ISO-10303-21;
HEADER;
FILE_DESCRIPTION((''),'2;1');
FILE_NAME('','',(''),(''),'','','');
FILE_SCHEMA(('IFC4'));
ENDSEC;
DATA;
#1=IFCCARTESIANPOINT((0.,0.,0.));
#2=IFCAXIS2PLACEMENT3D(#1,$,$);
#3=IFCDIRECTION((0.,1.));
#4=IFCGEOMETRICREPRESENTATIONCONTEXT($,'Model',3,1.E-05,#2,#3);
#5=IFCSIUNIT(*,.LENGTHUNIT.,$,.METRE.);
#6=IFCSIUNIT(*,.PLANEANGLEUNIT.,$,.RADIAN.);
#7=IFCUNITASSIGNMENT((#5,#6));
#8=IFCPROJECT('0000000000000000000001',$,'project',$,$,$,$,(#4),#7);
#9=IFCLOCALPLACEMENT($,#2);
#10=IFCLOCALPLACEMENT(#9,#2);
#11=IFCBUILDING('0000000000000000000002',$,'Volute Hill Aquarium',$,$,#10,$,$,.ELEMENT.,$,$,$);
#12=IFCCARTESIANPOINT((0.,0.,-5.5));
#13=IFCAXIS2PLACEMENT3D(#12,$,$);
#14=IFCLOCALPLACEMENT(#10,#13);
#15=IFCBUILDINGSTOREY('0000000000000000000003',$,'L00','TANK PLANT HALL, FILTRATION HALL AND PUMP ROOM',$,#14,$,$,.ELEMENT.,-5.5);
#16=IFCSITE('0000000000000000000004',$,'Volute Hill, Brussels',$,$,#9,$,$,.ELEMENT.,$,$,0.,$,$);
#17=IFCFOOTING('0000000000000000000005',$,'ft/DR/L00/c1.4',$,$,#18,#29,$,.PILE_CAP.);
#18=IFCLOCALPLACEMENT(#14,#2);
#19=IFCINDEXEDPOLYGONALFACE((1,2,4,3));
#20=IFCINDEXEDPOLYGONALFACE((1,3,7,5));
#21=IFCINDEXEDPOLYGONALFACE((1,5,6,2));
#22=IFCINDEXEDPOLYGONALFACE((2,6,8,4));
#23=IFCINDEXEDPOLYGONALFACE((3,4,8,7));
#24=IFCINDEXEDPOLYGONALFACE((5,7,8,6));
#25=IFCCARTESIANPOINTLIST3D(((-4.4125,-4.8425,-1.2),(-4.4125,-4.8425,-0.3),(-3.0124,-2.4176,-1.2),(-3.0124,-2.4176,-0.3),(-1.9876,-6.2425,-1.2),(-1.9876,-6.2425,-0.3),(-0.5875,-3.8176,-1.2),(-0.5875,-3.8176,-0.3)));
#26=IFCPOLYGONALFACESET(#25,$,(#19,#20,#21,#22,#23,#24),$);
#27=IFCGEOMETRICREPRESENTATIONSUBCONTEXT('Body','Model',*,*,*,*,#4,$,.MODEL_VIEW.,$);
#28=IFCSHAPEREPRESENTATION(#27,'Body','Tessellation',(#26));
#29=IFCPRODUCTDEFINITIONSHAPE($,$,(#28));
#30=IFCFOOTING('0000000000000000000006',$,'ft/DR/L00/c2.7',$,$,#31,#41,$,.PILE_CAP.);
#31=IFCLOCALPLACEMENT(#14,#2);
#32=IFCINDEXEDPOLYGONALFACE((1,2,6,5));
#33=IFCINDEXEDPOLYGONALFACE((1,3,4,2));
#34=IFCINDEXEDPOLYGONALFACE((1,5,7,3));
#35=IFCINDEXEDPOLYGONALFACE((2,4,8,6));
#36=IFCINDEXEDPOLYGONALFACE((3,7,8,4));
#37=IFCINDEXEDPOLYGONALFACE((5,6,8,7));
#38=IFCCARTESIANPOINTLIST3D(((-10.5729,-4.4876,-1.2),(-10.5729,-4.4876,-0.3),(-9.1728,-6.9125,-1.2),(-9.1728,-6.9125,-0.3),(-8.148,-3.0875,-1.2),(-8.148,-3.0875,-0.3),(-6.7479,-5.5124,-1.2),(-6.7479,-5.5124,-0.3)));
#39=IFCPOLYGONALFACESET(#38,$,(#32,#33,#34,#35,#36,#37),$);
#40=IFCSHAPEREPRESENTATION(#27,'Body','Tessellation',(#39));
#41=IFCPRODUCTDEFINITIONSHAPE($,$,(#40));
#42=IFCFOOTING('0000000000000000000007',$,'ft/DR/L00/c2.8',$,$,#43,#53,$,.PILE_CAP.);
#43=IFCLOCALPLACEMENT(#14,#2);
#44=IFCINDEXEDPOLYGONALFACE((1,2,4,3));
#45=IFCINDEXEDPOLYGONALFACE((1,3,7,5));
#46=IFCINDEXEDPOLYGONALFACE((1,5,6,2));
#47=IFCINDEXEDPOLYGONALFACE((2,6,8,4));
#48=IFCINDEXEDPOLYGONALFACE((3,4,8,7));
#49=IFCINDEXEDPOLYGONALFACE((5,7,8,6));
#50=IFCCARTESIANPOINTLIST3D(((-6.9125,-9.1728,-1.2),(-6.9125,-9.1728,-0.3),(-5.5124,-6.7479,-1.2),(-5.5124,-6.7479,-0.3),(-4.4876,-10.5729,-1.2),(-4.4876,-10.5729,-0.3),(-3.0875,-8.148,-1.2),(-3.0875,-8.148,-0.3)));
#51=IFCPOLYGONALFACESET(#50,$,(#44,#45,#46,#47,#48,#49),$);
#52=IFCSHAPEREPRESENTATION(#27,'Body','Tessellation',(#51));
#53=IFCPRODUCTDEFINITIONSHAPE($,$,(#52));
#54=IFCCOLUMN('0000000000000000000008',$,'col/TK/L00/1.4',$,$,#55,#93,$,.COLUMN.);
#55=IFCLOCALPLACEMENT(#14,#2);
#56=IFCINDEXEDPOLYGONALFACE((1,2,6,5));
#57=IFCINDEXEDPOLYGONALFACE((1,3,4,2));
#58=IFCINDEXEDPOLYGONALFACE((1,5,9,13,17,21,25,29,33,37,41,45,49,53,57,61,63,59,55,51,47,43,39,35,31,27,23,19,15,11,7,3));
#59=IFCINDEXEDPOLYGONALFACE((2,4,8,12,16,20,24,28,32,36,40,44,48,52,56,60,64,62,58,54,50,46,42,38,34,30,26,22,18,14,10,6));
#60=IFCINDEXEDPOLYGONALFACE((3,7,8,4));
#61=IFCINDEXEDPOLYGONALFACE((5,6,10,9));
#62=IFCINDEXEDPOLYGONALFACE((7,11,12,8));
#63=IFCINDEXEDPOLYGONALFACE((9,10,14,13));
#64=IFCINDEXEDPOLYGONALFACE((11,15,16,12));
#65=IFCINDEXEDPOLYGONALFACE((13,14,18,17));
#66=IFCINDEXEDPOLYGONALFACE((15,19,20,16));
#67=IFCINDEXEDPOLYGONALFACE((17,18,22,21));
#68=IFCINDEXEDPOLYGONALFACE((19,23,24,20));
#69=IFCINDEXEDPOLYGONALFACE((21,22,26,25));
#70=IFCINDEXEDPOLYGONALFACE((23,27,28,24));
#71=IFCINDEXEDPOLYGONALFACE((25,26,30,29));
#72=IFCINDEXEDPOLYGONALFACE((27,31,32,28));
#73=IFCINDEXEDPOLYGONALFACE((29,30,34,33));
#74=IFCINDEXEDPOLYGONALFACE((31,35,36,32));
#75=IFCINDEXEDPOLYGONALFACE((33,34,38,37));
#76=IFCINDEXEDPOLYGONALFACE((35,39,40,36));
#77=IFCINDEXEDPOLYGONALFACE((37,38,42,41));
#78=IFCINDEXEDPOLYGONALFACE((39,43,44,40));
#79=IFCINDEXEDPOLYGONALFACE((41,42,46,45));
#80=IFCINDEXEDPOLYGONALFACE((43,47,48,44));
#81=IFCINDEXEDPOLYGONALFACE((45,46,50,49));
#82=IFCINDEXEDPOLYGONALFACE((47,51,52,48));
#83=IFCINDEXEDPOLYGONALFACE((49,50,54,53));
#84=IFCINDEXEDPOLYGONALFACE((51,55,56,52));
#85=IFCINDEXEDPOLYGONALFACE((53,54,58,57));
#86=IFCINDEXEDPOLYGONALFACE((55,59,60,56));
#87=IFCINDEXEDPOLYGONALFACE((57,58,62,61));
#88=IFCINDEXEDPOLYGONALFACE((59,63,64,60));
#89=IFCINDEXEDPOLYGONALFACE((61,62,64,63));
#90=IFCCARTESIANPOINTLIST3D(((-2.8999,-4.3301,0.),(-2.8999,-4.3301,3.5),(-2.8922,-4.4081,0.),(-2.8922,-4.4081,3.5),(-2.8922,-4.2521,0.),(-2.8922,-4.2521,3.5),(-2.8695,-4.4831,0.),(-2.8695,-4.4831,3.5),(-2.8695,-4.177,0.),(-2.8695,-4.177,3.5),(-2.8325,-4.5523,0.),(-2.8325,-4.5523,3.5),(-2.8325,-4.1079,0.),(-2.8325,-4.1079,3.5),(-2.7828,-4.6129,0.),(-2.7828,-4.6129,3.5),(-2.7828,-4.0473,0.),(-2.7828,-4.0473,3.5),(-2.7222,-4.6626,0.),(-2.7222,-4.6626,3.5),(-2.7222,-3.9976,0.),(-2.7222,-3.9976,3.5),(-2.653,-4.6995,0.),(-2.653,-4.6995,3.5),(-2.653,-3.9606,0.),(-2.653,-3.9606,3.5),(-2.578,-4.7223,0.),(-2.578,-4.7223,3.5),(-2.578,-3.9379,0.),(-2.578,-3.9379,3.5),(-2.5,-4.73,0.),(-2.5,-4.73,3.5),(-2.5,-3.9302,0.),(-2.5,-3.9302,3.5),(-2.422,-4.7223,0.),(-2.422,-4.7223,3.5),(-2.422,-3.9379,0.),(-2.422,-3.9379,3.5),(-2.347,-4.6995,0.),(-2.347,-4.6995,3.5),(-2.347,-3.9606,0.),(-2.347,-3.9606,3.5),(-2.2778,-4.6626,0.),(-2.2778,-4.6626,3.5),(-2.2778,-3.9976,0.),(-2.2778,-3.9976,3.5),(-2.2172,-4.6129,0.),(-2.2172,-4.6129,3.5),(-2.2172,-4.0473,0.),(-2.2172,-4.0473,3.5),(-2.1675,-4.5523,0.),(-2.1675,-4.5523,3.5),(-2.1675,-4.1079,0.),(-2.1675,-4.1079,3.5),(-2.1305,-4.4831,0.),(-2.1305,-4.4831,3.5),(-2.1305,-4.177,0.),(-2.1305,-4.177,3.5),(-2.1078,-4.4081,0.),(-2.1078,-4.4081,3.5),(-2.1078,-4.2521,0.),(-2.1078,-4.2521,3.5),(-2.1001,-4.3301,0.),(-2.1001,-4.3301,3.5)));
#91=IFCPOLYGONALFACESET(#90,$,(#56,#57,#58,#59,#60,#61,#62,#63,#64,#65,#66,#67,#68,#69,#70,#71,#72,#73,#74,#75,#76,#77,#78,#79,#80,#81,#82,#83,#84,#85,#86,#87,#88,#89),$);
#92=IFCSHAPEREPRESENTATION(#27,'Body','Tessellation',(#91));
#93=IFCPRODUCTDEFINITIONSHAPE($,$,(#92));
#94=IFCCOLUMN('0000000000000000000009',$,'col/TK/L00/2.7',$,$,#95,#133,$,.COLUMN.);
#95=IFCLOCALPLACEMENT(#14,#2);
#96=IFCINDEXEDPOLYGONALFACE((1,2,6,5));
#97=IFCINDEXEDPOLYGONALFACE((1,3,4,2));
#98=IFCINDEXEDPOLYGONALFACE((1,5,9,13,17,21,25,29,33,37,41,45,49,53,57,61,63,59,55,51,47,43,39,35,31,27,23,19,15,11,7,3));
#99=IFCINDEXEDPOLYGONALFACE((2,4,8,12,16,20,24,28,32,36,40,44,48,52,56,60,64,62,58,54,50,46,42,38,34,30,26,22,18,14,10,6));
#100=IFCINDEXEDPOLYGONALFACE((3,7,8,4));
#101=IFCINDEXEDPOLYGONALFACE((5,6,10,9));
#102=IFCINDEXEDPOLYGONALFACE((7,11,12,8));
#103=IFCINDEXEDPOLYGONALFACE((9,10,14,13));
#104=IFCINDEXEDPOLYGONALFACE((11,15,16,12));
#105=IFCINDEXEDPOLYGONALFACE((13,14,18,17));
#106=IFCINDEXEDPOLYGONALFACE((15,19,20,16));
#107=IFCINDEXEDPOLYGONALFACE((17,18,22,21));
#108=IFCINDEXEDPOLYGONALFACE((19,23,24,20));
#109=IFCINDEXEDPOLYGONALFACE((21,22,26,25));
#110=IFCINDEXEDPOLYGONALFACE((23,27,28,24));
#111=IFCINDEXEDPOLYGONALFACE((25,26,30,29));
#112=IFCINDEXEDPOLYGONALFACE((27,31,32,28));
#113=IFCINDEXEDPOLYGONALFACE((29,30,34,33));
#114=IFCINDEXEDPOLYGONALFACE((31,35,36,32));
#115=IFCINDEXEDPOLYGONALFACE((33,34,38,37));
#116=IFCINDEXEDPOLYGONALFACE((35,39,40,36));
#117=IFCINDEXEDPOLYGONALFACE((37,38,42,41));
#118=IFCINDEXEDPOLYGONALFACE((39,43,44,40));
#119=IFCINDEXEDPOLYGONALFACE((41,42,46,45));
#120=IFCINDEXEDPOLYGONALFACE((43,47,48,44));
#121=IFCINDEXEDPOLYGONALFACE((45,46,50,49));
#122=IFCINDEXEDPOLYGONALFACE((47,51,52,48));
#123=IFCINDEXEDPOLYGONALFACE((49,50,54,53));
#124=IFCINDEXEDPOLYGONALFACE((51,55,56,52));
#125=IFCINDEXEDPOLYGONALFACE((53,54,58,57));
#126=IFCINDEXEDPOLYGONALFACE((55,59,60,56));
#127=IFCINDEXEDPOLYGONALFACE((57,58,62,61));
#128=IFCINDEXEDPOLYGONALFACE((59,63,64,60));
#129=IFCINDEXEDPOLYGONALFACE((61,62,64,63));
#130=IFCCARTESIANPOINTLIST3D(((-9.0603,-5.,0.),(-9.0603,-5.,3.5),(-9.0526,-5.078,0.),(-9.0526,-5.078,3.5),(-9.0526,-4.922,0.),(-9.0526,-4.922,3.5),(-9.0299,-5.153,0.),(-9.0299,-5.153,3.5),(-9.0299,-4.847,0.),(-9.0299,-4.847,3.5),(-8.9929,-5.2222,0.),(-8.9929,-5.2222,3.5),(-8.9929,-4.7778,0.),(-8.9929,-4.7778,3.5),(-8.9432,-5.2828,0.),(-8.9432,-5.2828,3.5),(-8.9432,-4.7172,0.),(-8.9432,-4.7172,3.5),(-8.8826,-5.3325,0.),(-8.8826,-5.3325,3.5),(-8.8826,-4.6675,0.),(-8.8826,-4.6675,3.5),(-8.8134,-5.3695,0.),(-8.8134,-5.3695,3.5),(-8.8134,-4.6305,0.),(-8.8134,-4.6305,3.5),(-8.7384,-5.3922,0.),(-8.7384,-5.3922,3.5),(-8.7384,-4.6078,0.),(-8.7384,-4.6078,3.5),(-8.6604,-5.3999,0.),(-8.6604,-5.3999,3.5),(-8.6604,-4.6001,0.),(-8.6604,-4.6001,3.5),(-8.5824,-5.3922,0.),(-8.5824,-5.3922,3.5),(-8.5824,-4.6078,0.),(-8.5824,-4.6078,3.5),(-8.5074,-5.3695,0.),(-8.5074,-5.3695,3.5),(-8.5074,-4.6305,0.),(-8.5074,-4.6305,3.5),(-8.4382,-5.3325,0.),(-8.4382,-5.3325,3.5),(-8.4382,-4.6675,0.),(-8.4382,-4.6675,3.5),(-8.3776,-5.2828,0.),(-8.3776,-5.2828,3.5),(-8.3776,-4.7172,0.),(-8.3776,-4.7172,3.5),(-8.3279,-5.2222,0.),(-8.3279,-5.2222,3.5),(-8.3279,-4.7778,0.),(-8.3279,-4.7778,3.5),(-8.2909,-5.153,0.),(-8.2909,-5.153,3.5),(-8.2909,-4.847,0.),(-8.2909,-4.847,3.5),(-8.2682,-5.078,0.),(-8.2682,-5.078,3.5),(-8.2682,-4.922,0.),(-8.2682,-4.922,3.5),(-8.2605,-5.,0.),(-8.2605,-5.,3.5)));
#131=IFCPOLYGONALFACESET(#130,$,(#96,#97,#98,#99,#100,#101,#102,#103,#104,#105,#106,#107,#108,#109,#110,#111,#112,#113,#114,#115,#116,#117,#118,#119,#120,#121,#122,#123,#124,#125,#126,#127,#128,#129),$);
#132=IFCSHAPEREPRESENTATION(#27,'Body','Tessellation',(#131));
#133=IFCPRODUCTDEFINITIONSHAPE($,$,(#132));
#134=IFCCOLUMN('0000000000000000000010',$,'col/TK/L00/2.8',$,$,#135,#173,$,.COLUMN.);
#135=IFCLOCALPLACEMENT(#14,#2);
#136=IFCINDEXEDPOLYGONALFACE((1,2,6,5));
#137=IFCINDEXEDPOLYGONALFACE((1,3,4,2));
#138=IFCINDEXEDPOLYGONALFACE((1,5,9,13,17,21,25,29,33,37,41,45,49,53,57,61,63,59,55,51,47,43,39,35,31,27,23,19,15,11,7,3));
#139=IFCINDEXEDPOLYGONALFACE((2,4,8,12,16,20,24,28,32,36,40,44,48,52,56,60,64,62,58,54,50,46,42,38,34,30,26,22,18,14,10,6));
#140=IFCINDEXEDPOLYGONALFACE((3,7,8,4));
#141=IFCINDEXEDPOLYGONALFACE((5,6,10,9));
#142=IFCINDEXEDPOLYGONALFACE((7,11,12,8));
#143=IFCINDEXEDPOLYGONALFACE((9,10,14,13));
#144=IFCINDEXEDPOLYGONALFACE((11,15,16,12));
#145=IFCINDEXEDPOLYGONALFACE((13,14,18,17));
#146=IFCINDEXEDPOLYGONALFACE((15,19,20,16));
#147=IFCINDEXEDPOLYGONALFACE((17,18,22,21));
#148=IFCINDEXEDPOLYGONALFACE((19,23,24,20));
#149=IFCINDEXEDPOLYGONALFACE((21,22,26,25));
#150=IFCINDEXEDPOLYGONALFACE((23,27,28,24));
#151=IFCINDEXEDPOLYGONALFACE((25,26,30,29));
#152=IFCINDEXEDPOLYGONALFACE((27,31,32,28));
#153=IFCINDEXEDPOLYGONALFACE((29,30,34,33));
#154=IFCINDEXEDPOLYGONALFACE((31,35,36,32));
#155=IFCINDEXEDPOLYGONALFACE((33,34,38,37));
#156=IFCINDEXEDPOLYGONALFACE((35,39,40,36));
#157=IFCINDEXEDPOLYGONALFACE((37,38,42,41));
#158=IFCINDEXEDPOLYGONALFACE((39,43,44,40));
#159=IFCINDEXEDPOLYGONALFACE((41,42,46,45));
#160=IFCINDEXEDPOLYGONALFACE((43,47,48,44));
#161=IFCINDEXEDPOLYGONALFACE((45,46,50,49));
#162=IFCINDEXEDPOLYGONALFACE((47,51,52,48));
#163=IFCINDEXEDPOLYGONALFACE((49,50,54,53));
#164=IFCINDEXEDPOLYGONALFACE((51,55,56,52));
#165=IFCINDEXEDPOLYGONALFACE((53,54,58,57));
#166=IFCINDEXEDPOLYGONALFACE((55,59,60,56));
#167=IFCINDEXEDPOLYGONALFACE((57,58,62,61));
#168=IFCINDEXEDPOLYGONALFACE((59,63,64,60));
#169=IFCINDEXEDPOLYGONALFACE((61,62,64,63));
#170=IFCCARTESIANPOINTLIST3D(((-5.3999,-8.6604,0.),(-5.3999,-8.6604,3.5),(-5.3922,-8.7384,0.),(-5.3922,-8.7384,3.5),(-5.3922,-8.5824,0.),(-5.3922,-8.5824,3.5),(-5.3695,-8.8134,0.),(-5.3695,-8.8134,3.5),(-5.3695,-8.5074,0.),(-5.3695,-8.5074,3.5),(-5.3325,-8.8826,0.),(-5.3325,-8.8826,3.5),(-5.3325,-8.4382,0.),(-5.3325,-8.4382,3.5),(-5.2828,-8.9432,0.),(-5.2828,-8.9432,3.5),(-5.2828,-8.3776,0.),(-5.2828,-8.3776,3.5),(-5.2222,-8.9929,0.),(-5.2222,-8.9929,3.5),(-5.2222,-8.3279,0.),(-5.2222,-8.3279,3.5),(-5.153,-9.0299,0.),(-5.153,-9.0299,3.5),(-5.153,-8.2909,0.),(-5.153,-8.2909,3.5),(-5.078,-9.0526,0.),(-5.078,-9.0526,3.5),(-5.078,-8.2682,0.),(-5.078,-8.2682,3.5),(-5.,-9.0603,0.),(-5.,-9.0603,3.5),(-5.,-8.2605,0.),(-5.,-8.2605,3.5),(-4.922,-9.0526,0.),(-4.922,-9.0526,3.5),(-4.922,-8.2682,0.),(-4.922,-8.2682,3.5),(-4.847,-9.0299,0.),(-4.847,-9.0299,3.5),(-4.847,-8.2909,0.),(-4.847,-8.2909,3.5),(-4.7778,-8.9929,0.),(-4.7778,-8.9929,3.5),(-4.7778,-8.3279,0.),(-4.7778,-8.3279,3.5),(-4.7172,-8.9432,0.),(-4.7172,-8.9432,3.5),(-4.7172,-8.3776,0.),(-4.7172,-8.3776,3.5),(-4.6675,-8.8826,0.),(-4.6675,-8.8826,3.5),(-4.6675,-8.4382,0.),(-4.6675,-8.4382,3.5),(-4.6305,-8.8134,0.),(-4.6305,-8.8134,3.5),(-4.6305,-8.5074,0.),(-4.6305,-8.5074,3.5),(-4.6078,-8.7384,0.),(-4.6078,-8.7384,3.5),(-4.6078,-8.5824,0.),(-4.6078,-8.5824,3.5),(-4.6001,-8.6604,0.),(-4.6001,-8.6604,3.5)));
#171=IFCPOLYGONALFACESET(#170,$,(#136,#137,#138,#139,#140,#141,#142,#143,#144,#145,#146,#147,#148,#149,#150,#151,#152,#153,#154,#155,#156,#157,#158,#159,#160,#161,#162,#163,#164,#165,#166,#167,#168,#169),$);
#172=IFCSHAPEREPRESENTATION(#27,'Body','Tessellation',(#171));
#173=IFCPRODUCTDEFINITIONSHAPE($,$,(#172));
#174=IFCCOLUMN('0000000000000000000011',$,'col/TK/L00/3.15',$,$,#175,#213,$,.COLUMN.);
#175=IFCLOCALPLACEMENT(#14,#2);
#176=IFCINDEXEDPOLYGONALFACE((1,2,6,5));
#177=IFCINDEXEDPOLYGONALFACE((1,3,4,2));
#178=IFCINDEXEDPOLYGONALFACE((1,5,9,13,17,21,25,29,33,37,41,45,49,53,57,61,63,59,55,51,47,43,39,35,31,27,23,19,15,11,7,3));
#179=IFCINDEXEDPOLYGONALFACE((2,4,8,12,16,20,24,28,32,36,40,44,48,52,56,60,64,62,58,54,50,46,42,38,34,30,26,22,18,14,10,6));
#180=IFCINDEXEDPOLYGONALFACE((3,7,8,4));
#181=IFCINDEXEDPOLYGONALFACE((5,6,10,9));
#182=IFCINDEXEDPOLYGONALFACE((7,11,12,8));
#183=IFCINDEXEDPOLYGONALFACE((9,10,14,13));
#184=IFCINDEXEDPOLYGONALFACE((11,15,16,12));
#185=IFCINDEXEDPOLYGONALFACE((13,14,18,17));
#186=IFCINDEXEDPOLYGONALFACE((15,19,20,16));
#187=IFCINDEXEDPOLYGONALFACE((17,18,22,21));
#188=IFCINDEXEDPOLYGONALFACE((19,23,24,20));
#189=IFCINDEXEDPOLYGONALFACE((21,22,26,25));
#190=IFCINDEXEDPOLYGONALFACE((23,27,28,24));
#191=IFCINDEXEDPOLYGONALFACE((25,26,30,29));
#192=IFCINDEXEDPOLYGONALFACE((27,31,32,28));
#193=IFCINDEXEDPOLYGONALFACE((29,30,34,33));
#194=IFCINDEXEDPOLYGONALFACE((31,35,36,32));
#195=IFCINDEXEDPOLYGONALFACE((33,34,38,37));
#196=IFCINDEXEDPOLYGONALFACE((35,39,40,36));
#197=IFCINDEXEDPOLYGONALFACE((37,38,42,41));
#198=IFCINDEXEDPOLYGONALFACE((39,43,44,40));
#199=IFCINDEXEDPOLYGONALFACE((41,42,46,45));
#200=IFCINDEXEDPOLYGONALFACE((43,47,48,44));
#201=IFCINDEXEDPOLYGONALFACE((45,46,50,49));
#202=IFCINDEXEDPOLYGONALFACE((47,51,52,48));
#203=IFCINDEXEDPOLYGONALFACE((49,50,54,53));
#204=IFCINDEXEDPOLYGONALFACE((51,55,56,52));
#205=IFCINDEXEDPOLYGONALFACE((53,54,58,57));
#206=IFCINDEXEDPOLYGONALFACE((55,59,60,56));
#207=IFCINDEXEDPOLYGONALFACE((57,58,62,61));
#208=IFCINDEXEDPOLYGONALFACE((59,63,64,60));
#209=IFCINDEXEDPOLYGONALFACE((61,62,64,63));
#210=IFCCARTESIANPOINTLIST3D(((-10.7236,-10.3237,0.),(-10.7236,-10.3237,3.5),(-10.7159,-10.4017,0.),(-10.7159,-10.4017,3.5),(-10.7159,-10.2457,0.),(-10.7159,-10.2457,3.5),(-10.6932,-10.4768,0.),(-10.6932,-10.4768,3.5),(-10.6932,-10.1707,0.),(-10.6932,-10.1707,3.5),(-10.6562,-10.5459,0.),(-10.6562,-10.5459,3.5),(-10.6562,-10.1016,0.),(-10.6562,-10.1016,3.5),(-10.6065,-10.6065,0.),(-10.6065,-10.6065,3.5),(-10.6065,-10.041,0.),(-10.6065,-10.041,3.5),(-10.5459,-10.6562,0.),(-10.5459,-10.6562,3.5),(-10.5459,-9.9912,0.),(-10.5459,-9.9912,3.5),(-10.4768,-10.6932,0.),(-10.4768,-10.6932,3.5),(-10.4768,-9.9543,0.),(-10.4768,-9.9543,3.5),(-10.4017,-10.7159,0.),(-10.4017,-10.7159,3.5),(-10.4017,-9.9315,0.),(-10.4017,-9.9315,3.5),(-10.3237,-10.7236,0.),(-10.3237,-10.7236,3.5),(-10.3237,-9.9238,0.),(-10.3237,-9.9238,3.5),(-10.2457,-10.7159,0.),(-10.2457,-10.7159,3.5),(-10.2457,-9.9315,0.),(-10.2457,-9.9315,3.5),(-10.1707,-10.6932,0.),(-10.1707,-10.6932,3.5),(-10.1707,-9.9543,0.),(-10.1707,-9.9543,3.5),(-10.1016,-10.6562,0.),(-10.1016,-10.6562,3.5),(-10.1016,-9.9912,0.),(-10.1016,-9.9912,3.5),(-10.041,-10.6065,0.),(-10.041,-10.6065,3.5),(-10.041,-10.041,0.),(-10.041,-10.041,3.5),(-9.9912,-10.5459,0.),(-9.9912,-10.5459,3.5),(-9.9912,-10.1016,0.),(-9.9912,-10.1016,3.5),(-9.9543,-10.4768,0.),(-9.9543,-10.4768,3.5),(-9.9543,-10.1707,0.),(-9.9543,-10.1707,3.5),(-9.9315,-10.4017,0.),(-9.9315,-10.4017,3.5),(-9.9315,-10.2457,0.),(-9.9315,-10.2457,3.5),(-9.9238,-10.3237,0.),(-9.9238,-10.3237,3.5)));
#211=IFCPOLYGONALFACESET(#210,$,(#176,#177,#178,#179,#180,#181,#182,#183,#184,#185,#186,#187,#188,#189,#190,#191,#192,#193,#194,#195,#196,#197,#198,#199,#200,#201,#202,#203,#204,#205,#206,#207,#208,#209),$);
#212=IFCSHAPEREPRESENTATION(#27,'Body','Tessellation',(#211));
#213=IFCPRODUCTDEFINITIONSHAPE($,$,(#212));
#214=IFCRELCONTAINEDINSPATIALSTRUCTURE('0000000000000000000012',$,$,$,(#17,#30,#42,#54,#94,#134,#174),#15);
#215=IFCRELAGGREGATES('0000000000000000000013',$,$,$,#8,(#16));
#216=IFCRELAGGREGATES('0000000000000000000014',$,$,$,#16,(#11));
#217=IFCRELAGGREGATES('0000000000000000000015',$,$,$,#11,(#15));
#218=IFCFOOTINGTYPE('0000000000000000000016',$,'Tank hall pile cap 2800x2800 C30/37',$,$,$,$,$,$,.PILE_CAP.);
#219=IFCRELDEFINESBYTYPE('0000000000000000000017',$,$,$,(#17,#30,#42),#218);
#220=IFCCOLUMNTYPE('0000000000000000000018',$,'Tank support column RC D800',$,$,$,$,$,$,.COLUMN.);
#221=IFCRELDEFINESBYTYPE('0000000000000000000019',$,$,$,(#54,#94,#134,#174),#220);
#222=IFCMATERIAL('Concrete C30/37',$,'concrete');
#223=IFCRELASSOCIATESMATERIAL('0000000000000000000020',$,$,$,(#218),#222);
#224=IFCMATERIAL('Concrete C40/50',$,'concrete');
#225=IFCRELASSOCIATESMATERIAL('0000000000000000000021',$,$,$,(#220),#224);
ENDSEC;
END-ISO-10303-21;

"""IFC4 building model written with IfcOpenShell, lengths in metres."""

from ifc_helpers import new_model, si_unit, direction, frame, origin, origin_2d, place, context, subcontext, project, spatial, rectangle, circle, extrude, material, material_profile, profile_set, type_object, element, save


model = new_model("IFC4")

# Units and contexts
model_context = context("Model", 3, precision=1e-05, world=origin(), true_north=direction((0.0, 1.0)))
body_context = subcontext(model_context, "Body", "Model", "MODEL_VIEW")
ifc_project = project(units=[si_unit("LENGTHUNIT", "METRE"), si_unit("PLANEANGLEUNIT", "RADIAN")], contexts=[model_context])

# Site, building, storey
site_placement = place(None, origin())
site = spatial("IfcSite", under=ifc_project, at=site_placement, Name="Volute Hill, Brussels", CompositionType="ELEMENT", RefElevation=0.0)
building_placement = place(site_placement, origin())
building = spatial("IfcBuilding", under=site, at=building_placement, Name="Volute Hill Aquarium", CompositionType="ELEMENT")
storey_placement = place(building_placement, frame((0.0, 0.0, -5.5)))
storey = spatial("IfcBuildingStorey", under=building, at=storey_placement, Name="L00", Description="TANK PLANT HALL, FILTRATION HALL AND PUMP ROOM", CompositionType="ELEMENT", Elevation=-5.5)

# Footings
ifc_material_1 = material(Name="Concrete C30/37", Category="concrete")
footing_type_1 = type_object("IfcFootingType", Name="Tank hall pile cap 2800x2800 C30/37", PredefinedType="PILE_CAP", material=ifc_material_1)
for number, where, z_axis, x_axis, name in (
    (1, (-2.5, -4.3301, -1.2), (0.0, 0.0, 1.0), (0.866025, -0.5, 0.0), "ft/DR/L00/c1.4"),
    (2, (-8.6604, -5.0, -1.2), (0.0, 0.0, 1.0), (0.5, -0.866025, 0.0), "ft/DR/L00/c2.7"),
    (3, (-5.0, -8.6604, -1.2), (0.0, 0.0, 1.0), (0.866025, -0.5, 0.0), "ft/DR/L00/c2.8"),
):
    element("IfcFooting", number, at=place(storey_placement, frame(where, z_axis=z_axis, x_axis=x_axis)), inside=storey, type_object=footing_type_1, Name=name, PredefinedType="PILE_CAP", context=body_context, shape_type="SweptSolid", body=[
        extrude(rectangle(XDim=2.8, YDim=2.8, at=origin_2d()), origin(), (0.0, 0.0, 1.0), 0.8999),
    ])

# Columns
ifc_material_2 = material(Name="Concrete C40/50", Category="concrete")
ifc_material_profile_1 = material_profile(ifc_material_2, circle(Radius=0.3999, at=origin_2d()), Name="RC round column D800")
ifc_profile_set_1 = profile_set([ifc_material_profile_1], Name="Concrete C40/50")
column_type = type_object("IfcColumnType", Name="Tank support column RC D800", PredefinedType="COLUMN", material=ifc_profile_set_1)
for number, where, z_axis, x_axis, name in (
    (4, (-2.5, -4.3301, 0.0), (0.0, 0.0, 1.0), (1.0, 0.0, 0.0), "col/TK/L00/1.4"),
    (5, (-8.6604, -5.0, 0.0), (0.0, 0.0, 1.0), (1.0, 0.0, 0.0), "col/TK/L00/2.7"),
    (6, (-5.0, -8.6604, 0.0), (0.0, 0.0, 1.0), (1.0, 0.0, 0.0), "col/TK/L00/2.8"),
    (7, (-10.3237, -10.3237, 0.0), (0.0, 0.0, 1.0), (1.0, 0.0, 0.0), "col/TK/L00/3.15"),
):
    element("IfcColumn", number, at=place(storey_placement, frame(where, z_axis=z_axis, x_axis=x_axis)), inside=storey, type_object=column_type, Name=name, PredefinedType="COLUMN", context=body_context, shape_type="SweptSolid", body=[
        extrude(circle(Radius=0.3999, at=origin_2d()), origin(), (0.0, 0.0, 1.0), 3.5),
    ])

save(model, "model.ifc")
